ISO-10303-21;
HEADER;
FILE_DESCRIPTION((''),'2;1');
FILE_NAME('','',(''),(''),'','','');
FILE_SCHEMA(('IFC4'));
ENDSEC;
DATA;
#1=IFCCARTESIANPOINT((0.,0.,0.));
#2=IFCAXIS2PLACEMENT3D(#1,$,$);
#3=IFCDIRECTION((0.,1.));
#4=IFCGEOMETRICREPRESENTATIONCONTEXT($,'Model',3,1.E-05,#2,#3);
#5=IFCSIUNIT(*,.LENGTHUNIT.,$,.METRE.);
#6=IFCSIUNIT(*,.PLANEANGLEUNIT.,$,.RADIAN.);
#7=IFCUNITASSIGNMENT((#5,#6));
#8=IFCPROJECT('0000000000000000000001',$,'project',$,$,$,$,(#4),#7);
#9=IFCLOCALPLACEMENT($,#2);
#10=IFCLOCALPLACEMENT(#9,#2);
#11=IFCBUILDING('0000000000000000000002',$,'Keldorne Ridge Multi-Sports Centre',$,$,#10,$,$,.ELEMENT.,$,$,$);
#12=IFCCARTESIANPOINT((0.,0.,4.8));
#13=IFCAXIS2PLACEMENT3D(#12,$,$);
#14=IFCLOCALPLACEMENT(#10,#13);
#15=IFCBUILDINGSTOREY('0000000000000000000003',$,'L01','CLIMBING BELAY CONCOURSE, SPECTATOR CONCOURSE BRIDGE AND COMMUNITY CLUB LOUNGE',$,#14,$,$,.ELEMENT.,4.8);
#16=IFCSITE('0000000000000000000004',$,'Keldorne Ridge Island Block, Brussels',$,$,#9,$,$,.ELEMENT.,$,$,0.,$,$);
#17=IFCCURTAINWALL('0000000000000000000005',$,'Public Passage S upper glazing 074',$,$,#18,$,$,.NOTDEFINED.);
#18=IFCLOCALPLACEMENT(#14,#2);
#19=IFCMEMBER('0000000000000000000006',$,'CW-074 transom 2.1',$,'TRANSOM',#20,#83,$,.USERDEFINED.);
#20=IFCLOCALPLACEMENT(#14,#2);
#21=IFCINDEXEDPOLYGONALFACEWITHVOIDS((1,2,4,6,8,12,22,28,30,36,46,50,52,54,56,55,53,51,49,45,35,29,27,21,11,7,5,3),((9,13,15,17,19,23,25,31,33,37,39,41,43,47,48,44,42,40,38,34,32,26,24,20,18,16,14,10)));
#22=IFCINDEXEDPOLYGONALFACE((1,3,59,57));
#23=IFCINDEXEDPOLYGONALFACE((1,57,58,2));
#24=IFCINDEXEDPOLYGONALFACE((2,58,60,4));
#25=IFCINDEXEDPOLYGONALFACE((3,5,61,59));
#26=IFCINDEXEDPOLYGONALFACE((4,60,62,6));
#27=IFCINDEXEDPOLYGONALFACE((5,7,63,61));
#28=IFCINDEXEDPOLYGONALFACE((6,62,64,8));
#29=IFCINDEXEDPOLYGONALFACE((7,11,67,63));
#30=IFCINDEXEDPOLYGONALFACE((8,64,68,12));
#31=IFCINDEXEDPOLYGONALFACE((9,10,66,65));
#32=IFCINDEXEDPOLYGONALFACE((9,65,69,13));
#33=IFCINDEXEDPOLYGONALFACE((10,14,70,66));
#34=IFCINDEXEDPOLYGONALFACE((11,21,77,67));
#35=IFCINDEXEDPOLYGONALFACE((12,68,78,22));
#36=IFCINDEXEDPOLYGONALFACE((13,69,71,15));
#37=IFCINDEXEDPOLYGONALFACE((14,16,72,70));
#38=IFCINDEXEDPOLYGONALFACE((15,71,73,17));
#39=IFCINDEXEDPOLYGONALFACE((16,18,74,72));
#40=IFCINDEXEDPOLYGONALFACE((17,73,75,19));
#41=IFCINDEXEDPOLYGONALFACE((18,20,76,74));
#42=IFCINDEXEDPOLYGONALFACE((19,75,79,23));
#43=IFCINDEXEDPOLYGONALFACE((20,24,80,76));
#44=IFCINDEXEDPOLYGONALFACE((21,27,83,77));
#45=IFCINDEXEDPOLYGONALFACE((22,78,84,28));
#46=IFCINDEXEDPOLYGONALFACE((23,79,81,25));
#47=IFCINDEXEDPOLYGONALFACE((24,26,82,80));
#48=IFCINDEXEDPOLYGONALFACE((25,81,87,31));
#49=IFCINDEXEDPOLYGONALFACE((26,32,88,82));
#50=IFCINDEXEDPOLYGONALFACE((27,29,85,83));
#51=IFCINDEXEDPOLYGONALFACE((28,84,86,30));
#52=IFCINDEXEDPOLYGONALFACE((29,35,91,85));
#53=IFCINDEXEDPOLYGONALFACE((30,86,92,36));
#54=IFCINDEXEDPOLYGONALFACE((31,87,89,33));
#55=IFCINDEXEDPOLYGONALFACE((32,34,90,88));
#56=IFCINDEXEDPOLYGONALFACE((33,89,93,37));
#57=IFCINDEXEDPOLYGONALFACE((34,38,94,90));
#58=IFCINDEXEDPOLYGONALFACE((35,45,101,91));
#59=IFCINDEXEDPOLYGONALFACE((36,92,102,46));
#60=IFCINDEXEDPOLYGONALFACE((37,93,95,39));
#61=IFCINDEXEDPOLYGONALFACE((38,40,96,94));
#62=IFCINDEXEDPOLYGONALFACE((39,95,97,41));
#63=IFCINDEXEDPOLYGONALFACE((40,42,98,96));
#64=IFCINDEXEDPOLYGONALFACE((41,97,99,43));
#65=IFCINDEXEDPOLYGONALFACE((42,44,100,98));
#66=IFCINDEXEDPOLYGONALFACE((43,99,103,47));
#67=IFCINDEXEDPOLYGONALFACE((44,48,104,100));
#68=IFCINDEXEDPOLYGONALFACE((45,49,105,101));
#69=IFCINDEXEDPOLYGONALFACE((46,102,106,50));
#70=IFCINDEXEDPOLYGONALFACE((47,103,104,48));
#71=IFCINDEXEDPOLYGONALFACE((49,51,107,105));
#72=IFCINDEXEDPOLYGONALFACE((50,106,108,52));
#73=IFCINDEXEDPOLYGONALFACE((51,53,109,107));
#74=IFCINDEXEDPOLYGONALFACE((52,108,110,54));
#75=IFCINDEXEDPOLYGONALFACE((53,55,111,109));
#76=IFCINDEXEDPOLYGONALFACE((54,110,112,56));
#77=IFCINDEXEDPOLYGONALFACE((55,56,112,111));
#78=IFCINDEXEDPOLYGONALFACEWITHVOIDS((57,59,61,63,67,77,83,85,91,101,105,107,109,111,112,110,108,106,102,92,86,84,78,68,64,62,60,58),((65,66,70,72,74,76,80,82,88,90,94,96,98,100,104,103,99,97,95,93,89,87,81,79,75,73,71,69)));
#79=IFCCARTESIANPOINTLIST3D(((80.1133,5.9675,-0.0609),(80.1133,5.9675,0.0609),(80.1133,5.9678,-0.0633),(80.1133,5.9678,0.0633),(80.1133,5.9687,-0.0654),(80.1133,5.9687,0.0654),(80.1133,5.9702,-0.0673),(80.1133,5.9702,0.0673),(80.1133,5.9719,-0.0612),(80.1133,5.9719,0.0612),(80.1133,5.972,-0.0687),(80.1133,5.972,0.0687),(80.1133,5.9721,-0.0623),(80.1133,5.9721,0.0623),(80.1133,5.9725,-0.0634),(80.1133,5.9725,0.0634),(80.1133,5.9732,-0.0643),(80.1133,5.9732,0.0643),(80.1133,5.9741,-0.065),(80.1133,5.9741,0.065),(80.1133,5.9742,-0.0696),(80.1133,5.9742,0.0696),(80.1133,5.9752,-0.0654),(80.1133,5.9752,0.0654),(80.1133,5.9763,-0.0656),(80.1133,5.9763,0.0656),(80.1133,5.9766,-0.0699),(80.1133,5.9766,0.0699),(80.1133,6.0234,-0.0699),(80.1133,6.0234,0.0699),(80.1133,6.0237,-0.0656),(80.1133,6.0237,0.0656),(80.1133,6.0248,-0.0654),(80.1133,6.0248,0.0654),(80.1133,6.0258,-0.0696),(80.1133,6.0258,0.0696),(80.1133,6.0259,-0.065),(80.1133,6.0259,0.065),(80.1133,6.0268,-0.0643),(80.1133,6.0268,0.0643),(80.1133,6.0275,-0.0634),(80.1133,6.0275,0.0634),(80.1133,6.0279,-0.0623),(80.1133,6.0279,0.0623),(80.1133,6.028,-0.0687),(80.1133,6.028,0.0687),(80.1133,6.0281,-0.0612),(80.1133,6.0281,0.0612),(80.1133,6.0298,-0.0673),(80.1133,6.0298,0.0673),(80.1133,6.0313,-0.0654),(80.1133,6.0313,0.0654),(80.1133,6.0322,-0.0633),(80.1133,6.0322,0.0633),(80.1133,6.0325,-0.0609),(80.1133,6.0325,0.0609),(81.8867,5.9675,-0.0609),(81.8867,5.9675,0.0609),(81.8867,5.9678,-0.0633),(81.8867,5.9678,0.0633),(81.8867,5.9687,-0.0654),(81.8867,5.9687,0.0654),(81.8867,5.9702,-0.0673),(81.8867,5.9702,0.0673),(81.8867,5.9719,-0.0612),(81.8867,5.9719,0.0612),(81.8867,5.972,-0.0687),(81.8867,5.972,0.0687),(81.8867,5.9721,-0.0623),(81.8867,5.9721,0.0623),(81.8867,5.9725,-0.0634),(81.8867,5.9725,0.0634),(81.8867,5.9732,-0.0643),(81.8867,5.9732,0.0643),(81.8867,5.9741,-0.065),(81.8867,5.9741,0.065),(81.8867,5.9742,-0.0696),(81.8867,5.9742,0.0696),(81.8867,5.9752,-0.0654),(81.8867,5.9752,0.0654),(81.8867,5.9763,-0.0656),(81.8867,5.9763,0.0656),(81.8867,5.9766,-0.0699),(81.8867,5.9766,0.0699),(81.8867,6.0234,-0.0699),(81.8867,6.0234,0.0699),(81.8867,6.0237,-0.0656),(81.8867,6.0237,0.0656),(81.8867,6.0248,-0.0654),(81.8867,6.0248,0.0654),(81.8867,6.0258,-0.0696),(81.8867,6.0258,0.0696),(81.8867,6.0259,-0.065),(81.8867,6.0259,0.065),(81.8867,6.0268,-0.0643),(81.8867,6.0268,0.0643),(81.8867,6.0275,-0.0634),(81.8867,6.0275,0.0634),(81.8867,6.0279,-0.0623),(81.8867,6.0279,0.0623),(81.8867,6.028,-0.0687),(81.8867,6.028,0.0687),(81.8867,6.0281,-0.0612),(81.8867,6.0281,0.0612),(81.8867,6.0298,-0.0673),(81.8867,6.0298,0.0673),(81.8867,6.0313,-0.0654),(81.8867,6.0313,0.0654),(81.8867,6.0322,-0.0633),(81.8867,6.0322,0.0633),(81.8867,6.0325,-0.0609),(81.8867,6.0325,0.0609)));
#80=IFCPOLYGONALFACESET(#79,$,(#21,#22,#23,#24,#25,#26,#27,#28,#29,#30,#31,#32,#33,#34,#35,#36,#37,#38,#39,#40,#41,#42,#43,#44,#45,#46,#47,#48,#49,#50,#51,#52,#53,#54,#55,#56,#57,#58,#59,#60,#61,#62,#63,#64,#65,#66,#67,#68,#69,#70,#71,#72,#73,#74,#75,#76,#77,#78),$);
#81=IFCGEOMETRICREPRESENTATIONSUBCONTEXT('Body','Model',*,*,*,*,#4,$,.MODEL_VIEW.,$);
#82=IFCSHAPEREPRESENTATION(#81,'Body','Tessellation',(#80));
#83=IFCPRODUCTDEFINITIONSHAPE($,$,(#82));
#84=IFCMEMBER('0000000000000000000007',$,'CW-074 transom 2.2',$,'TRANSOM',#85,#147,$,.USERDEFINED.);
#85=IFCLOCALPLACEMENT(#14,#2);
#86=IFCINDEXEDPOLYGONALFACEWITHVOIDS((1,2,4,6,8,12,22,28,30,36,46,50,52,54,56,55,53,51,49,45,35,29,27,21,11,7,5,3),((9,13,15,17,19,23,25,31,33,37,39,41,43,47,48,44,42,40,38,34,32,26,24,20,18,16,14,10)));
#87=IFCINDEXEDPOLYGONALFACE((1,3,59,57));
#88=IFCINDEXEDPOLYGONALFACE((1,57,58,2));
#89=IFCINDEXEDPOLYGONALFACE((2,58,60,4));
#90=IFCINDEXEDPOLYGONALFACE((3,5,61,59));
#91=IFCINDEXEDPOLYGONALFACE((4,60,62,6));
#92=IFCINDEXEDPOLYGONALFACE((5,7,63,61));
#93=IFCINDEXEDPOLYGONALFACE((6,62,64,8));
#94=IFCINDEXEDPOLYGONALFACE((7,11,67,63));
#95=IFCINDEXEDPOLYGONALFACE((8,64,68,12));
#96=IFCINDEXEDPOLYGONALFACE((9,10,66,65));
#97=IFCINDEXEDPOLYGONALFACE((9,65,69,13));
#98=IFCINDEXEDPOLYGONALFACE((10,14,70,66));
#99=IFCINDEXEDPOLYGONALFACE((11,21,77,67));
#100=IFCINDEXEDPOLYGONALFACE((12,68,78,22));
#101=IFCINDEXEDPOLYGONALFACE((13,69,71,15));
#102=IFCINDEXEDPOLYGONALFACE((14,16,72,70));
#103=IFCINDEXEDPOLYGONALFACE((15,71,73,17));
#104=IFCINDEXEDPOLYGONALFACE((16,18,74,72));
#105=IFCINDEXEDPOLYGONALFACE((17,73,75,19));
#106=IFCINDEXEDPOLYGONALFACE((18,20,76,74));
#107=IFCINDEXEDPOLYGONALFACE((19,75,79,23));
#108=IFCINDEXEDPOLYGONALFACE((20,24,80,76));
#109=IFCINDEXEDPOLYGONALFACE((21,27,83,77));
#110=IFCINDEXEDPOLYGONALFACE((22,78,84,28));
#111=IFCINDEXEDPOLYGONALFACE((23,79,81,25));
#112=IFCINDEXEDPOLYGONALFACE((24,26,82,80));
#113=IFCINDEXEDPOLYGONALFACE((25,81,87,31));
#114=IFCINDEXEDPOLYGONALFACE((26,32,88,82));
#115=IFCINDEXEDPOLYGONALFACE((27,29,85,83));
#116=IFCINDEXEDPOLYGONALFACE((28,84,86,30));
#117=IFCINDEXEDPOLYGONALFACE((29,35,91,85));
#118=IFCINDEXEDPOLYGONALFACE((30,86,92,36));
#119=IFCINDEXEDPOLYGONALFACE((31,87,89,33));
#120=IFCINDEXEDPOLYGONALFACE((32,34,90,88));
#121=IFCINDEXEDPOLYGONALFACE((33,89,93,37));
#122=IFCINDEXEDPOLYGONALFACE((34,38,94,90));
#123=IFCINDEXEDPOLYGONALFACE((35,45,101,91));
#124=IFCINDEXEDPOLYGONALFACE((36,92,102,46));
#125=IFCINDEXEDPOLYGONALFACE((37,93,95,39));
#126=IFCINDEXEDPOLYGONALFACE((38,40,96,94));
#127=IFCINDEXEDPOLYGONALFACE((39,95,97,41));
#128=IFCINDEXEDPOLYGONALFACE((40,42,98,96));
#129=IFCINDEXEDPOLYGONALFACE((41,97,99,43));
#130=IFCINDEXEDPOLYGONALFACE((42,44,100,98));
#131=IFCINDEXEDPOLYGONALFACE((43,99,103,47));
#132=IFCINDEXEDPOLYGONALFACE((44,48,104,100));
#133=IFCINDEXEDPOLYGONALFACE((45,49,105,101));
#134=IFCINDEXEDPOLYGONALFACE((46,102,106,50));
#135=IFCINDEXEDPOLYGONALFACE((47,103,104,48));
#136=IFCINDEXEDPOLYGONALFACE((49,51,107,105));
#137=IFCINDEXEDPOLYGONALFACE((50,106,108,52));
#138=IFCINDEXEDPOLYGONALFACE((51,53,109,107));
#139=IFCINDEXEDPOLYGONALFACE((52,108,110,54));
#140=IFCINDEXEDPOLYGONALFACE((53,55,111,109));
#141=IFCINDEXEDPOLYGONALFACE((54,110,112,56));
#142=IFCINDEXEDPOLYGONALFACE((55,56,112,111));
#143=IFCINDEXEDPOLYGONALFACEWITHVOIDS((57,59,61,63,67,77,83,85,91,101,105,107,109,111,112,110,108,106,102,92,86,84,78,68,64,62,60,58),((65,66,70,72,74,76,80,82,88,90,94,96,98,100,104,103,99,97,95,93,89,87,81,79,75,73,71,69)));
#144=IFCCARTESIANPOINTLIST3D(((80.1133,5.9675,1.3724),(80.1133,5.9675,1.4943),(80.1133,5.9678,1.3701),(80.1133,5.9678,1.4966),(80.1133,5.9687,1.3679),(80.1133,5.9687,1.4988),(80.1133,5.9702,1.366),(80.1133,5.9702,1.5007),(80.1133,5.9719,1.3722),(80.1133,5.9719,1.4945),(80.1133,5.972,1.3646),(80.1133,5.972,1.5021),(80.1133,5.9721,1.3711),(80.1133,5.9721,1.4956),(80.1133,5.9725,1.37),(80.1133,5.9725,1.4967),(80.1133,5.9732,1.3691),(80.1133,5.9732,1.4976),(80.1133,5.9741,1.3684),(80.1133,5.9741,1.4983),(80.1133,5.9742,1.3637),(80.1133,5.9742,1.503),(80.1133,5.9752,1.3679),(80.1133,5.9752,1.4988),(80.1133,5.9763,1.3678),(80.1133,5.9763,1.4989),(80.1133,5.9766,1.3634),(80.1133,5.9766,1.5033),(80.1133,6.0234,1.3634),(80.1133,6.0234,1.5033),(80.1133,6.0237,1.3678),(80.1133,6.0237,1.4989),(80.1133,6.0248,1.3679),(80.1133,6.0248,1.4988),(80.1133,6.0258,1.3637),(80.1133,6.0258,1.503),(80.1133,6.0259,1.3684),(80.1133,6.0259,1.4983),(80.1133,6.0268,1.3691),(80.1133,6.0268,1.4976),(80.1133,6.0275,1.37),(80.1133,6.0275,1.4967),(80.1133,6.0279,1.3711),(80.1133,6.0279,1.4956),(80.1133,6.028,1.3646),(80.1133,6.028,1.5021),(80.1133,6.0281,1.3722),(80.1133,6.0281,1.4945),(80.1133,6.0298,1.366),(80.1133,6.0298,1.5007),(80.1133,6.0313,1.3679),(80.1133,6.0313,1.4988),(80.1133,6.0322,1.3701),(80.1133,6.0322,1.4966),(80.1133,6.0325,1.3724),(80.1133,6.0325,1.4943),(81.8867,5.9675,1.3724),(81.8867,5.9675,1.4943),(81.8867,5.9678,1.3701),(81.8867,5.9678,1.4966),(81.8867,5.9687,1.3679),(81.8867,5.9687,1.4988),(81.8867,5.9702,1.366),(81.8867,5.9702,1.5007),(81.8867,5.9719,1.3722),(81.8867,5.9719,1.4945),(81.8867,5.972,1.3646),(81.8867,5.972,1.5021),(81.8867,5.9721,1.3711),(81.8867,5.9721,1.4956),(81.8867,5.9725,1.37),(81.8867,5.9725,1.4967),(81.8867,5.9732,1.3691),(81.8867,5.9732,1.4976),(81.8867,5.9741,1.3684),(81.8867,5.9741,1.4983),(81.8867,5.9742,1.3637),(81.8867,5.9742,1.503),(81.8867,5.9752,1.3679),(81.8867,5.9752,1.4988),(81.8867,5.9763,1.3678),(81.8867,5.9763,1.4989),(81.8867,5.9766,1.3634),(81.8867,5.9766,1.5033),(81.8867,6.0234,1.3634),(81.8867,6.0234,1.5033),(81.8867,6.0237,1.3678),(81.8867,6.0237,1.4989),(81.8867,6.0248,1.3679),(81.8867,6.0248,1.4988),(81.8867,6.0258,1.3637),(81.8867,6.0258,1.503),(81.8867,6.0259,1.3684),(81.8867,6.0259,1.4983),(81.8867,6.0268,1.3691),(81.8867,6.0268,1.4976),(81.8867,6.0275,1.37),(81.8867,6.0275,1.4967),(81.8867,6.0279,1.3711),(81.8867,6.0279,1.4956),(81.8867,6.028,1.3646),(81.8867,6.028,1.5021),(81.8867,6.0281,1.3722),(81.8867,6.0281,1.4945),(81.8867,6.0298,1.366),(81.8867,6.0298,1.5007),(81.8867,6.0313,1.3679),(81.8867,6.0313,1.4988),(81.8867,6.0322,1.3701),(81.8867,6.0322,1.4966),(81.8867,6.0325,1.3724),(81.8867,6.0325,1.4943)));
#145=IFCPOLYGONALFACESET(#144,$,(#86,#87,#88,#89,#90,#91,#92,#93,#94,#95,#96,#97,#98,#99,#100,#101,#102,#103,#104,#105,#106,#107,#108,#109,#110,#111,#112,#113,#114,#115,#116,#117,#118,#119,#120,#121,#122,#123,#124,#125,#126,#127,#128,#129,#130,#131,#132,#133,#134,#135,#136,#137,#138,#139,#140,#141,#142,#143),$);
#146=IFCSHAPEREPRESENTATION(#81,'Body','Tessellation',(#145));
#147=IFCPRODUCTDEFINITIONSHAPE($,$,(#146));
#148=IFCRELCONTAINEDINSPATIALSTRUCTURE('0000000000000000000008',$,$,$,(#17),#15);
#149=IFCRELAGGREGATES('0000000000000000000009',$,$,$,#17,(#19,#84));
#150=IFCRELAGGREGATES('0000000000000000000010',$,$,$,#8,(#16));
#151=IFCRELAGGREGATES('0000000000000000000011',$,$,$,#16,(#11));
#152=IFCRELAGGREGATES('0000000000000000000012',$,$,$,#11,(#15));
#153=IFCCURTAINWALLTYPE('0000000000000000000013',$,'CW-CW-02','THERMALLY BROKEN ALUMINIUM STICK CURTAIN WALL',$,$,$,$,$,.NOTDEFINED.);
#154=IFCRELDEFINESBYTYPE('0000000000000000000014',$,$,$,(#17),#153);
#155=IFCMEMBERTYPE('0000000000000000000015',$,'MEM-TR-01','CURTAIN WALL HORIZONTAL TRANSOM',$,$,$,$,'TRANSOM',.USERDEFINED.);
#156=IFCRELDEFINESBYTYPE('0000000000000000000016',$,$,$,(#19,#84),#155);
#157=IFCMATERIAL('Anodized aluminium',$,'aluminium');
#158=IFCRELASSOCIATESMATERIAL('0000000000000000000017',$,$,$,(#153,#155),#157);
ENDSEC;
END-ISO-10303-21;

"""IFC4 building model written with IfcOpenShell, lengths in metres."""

from ifc_helpers import new_model, si_unit, direction, frame, origin, origin_2d, place, context, subcontext, project, spatial, hollow_rectangle, extrude, material, material_profile, profile_set, type_object, element, aggregate, save


model = new_model("IFC4")

# Units and contexts
model_context = context("Model", 3, precision=1e-05, world=origin(), true_north=direction((0.0, 1.0)))
body_context = subcontext(model_context, "Body", "Model", "MODEL_VIEW")
ifc_project = project(units=[si_unit("LENGTHUNIT", "METRE"), si_unit("PLANEANGLEUNIT", "RADIAN")], contexts=[model_context])

# Site, building, storey
site_placement = place(None, origin())
site = spatial("IfcSite", under=ifc_project, at=site_placement, Name="Keldorne Ridge Island Block, Brussels", CompositionType="ELEMENT", RefElevation=0.0)
building_placement = place(site_placement, origin())
building = spatial("IfcBuilding", under=site, at=building_placement, Name="Keldorne Ridge Multi-Sports Centre", CompositionType="ELEMENT")
storey_placement = place(building_placement, frame((0.0, 0.0, 4.8)))
storey = spatial("IfcBuildingStorey", under=building, at=storey_placement, Name="L01", Description="CLIMBING BELAY CONCOURSE, SPECTATOR CONCOURSE BRIDGE AND COMMUNITY CLUB LOUNGE", CompositionType="ELEMENT", Elevation=4.8)

# Curtain wall
ifc_material_1 = material(Name="Anodized aluminium", Category="aluminium")
curtain_wall_type_1 = type_object("IfcCurtainWallType", Name="CW-CW-02", Description="THERMALLY BROKEN ALUMINIUM STICK CURTAIN WALL", PredefinedType="NOTDEFINED", material=ifc_material_1)
curtain_wall_1_placement = place(storey_placement, origin())
curtain_wall_1 = element("IfcCurtainWall", 1, at=curtain_wall_1_placement, inside=storey, type_object=curtain_wall_type_1, Name="Public Passage S upper glazing 074", PredefinedType="NOTDEFINED")

# Members
ifc_material_profile_1 = material_profile(ifc_material_1, hollow_rectangle(XDim=0.0649, YDim=0.1399, WallThickness=0.0044, InnerFilletRadius=0.0044, OuterFilletRadius=0.009, at=origin_2d()), Name="ALU TRANSOM 140x65x4.5")
ifc_profile_set_1 = profile_set([ifc_material_profile_1], Name="Anodized aluminium")
member_type_1 = type_object("IfcMemberType", Name="MEM-TR-01", Description="CURTAIN WALL HORIZONTAL TRANSOM", ElementType="TRANSOM", PredefinedType="USERDEFINED", material=ifc_profile_set_1)
member_1_placement = place(storey_placement, frame((80.1133, 6.0, 0.0), z_axis=(1.0, 0.0, 0.0), x_axis=(0.0, 1.0, 0.0)))
member_1 = element("IfcMember", 2, at=member_1_placement, type_object=member_type_1, Name="CW-074 transom 2.1", ObjectType="TRANSOM", PredefinedType="USERDEFINED", context=body_context, shape_type="SweptSolid", body=[
    extrude(hollow_rectangle(XDim=0.0649, YDim=0.1399, WallThickness=0.0044, InnerFilletRadius=0.0044, OuterFilletRadius=0.009, at=origin_2d()), origin(), (0.0, 0.0, 1.0), 1.7734),
])
member_2_placement = place(storey_placement, frame((80.1133, 6.0, 1.4333), z_axis=(1.0, 0.0, 0.0), x_axis=(0.0, 1.0, 0.0)))
member_2 = element("IfcMember", 3, at=member_2_placement, type_object=member_type_1, Name="CW-074 transom 2.2", ObjectType="TRANSOM", PredefinedType="USERDEFINED", context=body_context, shape_type="SweptSolid", body=[
    extrude(hollow_rectangle(XDim=0.0649, YDim=0.1399, WallThickness=0.0044, InnerFilletRadius=0.0044, OuterFilletRadius=0.009, at=origin_2d()), origin(), (0.0, 0.0, 1.0), 1.7734),
])

aggregate(curtain_wall_1, [member_1, member_2])

save(model, "model.ifc")
